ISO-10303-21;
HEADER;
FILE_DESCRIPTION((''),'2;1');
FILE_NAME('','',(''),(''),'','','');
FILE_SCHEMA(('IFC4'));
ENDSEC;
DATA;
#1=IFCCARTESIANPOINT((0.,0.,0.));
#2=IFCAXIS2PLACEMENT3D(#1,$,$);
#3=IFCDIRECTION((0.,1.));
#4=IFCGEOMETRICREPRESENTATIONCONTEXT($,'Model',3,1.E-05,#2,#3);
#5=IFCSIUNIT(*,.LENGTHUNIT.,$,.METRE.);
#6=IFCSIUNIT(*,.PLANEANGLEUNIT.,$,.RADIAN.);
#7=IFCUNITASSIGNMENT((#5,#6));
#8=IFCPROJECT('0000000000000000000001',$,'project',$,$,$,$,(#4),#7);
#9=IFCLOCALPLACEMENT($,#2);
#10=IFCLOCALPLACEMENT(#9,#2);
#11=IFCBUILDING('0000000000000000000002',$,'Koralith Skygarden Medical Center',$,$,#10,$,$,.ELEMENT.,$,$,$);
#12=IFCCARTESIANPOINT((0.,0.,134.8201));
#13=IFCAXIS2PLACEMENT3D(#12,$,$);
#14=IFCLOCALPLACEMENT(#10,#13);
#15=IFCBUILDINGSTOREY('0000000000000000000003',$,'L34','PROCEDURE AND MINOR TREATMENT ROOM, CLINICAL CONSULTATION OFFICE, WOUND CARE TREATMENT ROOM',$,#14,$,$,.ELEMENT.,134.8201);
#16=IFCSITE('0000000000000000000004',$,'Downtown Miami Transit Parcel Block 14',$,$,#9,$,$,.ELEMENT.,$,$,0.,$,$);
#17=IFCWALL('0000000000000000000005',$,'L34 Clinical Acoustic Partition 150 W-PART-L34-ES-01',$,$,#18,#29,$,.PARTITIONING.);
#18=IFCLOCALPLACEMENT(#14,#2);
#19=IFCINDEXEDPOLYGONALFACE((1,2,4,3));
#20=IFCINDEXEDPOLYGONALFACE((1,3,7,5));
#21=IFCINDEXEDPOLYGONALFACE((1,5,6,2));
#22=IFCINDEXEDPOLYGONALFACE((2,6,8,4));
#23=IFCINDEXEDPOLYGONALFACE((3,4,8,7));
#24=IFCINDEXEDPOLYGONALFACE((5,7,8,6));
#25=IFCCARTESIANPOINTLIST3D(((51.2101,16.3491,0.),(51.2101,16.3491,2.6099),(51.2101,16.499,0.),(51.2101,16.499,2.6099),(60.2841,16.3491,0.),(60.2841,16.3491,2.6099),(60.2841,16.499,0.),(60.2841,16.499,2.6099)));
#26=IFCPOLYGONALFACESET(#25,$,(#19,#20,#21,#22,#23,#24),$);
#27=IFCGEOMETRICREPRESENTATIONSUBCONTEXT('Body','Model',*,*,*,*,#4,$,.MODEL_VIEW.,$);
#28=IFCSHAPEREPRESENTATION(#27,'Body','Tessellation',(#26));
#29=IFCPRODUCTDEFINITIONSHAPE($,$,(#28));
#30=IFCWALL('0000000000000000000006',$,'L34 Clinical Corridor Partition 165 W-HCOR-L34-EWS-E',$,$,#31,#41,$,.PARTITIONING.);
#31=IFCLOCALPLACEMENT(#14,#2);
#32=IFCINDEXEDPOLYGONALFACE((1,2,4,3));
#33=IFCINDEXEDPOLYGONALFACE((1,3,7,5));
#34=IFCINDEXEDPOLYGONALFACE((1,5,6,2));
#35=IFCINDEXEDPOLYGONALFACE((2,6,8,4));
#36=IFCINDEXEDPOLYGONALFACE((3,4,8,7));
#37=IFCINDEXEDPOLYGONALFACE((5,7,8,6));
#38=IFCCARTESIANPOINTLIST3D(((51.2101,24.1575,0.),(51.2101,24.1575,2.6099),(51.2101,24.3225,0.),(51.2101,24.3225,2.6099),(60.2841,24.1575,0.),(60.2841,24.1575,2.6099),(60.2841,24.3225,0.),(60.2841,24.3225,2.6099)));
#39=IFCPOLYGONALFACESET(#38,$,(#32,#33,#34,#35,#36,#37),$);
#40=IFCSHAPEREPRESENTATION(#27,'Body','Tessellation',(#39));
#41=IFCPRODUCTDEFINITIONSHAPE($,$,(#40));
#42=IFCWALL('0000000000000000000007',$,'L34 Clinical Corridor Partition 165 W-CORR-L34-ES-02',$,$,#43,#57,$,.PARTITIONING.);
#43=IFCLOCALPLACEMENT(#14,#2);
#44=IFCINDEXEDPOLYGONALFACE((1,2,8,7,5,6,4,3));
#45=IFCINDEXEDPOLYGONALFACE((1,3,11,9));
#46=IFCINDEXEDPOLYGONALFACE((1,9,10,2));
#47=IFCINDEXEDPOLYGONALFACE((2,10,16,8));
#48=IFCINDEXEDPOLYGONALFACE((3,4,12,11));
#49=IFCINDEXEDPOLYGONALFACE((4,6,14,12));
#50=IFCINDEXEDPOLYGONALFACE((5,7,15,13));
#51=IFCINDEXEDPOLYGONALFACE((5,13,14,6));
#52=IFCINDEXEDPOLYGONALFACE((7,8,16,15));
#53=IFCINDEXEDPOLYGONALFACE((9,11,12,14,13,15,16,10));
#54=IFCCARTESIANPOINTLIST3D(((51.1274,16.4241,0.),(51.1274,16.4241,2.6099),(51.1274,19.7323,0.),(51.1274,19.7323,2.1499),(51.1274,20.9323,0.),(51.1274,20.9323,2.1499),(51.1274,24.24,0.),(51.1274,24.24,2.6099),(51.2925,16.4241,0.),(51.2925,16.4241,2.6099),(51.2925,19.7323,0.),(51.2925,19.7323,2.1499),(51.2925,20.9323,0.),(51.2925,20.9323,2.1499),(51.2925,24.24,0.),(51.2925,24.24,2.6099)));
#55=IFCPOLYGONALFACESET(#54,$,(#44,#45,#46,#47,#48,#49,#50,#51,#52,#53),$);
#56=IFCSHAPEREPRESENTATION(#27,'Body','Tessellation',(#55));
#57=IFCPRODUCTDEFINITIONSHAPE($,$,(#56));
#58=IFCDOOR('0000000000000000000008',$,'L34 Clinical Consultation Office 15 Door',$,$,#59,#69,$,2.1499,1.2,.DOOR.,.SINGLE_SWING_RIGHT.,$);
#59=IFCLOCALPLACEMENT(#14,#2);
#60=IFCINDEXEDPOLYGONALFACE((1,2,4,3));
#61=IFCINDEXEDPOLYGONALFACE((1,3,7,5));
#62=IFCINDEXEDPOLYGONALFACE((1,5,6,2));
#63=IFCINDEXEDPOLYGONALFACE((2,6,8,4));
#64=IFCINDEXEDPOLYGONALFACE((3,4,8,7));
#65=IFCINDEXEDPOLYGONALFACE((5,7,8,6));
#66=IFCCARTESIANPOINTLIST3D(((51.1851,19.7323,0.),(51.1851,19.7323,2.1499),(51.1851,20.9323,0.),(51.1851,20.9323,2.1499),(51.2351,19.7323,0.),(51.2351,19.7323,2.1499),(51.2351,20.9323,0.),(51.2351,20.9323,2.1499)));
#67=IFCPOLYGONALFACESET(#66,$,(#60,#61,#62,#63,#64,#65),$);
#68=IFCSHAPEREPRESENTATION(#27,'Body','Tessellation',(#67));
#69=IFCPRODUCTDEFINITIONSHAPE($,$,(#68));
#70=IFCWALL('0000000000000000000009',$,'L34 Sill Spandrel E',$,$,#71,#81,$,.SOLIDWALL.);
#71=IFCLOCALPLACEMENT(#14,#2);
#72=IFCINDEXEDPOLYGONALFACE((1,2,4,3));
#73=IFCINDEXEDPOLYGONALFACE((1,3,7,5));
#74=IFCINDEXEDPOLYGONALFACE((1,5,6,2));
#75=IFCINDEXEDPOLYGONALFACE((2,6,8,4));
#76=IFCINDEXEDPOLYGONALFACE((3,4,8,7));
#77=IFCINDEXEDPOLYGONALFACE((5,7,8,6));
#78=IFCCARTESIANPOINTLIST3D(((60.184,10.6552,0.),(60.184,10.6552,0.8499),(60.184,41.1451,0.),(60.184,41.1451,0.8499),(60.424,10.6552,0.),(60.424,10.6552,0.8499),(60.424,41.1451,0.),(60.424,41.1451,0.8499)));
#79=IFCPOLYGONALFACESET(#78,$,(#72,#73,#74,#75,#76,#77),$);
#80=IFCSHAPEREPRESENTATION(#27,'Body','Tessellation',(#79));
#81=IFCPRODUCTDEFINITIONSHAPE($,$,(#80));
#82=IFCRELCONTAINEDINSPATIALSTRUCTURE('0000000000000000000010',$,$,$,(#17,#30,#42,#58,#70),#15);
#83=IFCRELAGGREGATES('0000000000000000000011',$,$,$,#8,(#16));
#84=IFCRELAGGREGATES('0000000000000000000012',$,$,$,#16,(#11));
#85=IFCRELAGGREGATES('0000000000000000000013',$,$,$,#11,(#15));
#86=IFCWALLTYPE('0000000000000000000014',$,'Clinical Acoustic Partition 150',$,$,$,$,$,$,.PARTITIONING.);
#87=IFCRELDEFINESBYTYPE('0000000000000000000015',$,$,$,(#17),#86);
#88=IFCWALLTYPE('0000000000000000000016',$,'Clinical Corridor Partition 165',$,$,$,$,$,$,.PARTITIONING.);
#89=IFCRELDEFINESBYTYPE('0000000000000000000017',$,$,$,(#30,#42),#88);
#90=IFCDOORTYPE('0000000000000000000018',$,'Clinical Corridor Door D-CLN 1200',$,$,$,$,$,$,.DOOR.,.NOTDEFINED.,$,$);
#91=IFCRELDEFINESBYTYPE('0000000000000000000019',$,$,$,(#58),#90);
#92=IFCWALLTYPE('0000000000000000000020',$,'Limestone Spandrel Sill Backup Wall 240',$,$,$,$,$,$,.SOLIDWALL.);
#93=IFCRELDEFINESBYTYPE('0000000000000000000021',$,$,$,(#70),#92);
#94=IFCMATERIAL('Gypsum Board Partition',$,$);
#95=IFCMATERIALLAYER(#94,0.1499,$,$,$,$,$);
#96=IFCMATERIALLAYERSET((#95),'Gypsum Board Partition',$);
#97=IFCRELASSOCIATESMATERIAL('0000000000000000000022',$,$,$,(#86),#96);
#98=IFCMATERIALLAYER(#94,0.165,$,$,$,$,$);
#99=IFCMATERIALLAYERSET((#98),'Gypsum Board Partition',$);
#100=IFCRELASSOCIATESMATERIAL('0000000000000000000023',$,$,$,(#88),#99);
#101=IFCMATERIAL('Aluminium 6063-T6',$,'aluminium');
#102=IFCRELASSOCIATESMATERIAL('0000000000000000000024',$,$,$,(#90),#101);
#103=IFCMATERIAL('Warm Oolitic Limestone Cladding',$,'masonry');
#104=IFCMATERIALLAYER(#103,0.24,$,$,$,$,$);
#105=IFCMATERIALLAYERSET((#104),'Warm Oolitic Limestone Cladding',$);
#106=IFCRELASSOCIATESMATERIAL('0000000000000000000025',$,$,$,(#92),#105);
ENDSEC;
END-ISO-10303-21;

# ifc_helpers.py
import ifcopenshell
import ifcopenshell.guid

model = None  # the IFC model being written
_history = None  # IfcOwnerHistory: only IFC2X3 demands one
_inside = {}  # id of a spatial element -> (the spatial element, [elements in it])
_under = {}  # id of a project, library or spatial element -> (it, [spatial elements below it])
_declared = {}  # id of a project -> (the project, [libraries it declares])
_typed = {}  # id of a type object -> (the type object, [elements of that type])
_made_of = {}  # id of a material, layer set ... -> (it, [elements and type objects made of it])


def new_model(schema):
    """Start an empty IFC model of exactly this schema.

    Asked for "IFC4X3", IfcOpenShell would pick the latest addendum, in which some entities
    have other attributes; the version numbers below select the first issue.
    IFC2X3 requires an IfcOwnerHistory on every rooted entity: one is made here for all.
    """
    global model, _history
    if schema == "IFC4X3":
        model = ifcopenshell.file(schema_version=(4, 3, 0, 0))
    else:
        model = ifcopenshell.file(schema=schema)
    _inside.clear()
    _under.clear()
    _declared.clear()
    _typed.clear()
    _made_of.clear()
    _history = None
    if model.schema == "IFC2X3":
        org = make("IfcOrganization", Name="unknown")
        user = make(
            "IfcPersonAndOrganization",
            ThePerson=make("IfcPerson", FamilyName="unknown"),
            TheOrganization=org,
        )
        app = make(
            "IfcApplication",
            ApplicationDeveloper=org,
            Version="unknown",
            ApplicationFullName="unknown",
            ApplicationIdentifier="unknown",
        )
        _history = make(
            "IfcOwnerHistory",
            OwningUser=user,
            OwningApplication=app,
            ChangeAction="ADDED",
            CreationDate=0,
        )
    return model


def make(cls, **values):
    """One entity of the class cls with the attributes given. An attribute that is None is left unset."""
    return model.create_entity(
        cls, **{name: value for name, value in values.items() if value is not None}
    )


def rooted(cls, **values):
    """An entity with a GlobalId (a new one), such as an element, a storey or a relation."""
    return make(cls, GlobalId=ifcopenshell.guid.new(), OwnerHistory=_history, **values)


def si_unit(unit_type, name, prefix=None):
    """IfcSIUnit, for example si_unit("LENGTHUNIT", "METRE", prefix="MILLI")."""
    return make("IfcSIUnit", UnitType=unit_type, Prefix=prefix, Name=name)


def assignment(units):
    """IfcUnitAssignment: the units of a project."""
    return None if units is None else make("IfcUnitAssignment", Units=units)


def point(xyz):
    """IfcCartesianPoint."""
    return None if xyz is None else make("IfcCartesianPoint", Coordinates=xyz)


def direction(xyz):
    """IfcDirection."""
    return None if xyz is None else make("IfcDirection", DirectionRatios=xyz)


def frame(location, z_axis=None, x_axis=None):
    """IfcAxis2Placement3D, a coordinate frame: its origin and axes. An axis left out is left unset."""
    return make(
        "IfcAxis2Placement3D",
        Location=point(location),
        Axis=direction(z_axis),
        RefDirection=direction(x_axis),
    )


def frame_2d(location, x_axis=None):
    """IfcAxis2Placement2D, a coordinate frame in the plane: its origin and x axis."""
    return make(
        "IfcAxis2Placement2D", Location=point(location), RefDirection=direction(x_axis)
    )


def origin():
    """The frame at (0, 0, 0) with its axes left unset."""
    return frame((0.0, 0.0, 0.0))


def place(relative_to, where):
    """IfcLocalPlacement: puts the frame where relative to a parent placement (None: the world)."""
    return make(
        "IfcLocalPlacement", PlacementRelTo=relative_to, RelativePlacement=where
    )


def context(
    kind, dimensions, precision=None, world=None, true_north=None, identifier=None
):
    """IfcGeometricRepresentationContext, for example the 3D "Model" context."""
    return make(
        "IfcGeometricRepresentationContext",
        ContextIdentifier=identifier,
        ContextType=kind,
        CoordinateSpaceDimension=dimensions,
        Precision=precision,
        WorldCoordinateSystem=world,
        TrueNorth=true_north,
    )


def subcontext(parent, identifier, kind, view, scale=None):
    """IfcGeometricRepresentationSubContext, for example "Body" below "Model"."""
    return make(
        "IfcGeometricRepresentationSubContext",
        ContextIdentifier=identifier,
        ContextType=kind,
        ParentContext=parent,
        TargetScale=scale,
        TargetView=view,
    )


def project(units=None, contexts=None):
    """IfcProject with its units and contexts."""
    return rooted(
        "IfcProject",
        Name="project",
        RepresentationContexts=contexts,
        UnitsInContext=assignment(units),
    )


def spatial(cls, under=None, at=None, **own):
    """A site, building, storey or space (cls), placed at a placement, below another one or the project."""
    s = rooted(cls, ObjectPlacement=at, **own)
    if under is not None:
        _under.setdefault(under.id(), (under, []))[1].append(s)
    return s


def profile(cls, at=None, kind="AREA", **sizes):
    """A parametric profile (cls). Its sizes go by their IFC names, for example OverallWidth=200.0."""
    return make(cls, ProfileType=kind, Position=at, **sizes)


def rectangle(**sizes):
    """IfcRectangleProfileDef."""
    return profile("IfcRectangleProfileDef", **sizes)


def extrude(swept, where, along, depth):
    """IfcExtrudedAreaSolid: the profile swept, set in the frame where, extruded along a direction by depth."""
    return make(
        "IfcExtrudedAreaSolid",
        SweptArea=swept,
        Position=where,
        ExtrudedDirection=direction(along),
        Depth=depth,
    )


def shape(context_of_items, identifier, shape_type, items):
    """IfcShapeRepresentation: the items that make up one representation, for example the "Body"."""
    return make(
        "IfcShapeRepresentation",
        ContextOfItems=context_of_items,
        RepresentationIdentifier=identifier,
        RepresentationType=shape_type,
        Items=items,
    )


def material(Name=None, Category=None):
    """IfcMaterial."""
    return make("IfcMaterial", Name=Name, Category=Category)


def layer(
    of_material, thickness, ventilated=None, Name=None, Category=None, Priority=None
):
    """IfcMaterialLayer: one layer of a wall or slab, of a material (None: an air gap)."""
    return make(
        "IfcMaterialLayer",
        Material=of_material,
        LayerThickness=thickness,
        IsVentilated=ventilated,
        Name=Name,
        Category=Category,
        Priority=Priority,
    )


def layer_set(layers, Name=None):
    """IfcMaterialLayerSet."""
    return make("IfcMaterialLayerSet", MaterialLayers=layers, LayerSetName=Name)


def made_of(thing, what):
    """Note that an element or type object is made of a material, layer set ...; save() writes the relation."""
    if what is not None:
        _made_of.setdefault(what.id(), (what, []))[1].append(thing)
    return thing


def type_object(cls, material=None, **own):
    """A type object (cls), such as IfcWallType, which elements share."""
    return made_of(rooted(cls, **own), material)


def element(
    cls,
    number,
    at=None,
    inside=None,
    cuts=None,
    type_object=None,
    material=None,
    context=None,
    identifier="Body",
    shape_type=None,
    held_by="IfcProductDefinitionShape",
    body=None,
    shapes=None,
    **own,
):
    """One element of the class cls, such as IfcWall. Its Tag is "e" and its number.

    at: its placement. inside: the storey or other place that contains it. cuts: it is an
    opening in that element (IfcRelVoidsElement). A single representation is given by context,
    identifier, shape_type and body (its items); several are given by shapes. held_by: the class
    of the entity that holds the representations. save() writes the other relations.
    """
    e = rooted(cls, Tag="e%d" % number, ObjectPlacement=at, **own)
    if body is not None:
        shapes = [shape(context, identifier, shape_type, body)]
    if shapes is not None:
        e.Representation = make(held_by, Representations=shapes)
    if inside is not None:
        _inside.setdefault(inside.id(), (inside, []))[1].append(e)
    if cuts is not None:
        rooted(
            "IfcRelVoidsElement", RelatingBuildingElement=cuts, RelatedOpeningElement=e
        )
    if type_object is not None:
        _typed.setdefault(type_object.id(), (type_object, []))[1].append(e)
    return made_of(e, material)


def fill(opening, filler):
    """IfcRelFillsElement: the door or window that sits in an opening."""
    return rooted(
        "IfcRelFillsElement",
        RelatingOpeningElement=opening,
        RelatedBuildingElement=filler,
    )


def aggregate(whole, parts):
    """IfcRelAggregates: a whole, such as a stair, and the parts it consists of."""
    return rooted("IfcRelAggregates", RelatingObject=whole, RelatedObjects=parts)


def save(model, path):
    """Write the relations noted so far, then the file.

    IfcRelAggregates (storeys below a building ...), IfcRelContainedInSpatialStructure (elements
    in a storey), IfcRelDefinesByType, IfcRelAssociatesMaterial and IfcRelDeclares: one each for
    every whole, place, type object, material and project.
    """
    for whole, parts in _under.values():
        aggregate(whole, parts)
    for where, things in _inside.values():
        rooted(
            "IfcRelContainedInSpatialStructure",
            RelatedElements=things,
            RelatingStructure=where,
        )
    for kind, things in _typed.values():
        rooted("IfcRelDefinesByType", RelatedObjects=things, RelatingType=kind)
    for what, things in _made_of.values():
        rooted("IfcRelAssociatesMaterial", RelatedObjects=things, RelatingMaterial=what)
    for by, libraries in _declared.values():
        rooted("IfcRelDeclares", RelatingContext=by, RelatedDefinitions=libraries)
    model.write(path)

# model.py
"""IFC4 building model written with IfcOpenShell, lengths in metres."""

from ifc_helpers import new_model, si_unit, direction, frame, frame_2d, origin, place, context, subcontext, project, spatial, rectangle, extrude, material, layer, layer_set, type_object, element, fill, save


model = new_model("IFC4")

# Units and contexts
model_context = context("Model", 3, precision=1e-05, world=origin(), true_north=direction((0.0, 1.0)))
body_context = subcontext(model_context, "Body", "Model", "MODEL_VIEW")
ifc_project = project(units=[si_unit("LENGTHUNIT", "METRE"), si_unit("PLANEANGLEUNIT", "RADIAN")], contexts=[model_context])

# Site, building, storey
site_placement = place(None, origin())
site = spatial("IfcSite", under=ifc_project, at=site_placement, Name="Downtown Miami Transit Parcel Block 14", CompositionType="ELEMENT", RefElevation=0.0)
building_placement = place(site_placement, origin())
building = spatial("IfcBuilding", under=site, at=building_placement, Name="Koralith Skygarden Medical Center", CompositionType="ELEMENT")
storey_placement = place(building_placement, frame((0.0, 0.0, 134.8201)))
storey = spatial("IfcBuildingStorey", under=building, at=storey_placement, Name="L34", Description="PROCEDURE AND MINOR TREATMENT ROOM, CLINICAL CONSULTATION OFFICE, WOUND CARE TREATMENT ROOM", CompositionType="ELEMENT", Elevation=134.8201)

# Shared definitions
ifc_material_1 = material(Name="Aluminium 6063-T6", Category="aluminium")

# Shared definitions
ifc_material_2 = material(Name="Warm Oolitic Limestone Cladding", Category="masonry")

# Walls
ifc_material_3 = material(Name="Gypsum Board Partition")
ifc_layer_1 = layer(ifc_material_3, 0.1499)
ifc_layer_set_1 = layer_set([ifc_layer_1], Name="Gypsum Board Partition")
wall_type_1 = type_object("IfcWallType", Name="Clinical Acoustic Partition 150", PredefinedType="PARTITIONING", material=ifc_layer_set_1)
wall_1_placement = place(storey_placement, frame((51.21, 16.4241, 0.0), z_axis=(0.0, 0.0, 1.0), x_axis=(1.0, 0.0, 0.0)))
element("IfcWall", 1, at=wall_1_placement, inside=storey, type_object=wall_type_1, Name="L34 Clinical Acoustic Partition 150 W-PART-L34-ES-01", PredefinedType="PARTITIONING", context=body_context, shape_type="SweptSolid", body=[
    extrude(rectangle(XDim=9.074, YDim=0.1499, at=frame_2d((4.5371, 0.0))), origin(), (0.0, 0.0, 1.0), 2.6099),
])
ifc_layer_2 = layer(ifc_material_3, 0.165)
ifc_layer_set_2 = layer_set([ifc_layer_2], Name="Gypsum Board Partition")
wall_type_2 = type_object("IfcWallType", Name="Clinical Corridor Partition 165", PredefinedType="PARTITIONING", material=ifc_layer_set_2)
wall_2_placement = place(storey_placement, frame((51.21, 24.24, 0.0), z_axis=(0.0, 0.0, 1.0), x_axis=(1.0, 0.0, 0.0)))
element("IfcWall", 2, at=wall_2_placement, inside=storey, type_object=wall_type_2, Name="L34 Clinical Corridor Partition 165 W-HCOR-L34-EWS-E", PredefinedType="PARTITIONING", context=body_context, shape_type="SweptSolid", body=[
    extrude(rectangle(XDim=9.074, YDim=0.165, at=frame_2d((4.5371, 0.0))), origin(), (0.0, 0.0, 1.0), 2.6099),
])

# Wall, opening, door
wall_3_placement = place(storey_placement, frame((51.21, 16.4241, 0.0), z_axis=(0.0, 0.0, 1.0), x_axis=(0.0, 1.0, 0.0)))
wall_3 = element("IfcWall", 3, at=wall_3_placement, inside=storey, type_object=wall_type_2, Name="L34 Clinical Corridor Partition 165 W-CORR-L34-ES-02", PredefinedType="PARTITIONING", context=body_context, shape_type="SweptSolid", body=[
    extrude(rectangle(XDim=7.8159, YDim=0.165, at=frame_2d((3.908, 0.0))), origin(), (0.0, 0.0, 1.0), 2.6099),
])
opening_1_placement = place(wall_3_placement, frame((3.3081, 0.0, 0.0)))
opening_1 = element("IfcOpeningElement", 4, at=opening_1_placement, cuts=wall_3, PredefinedType="OPENING", context=body_context, shape_type="SweptSolid", body=[
    extrude(rectangle(XDim=1.2, YDim=2.1499, at=frame_2d((0.6001, 1.075))), frame((0.0, 0.0925, 0.0), z_axis=(0.0, -1.0, 0.0), x_axis=(1.0, 0.0, 0.0)), (0.0, 0.0, 1.0), 0.1851),
])
door_type_1 = type_object("IfcDoorType", Name="Clinical Corridor Door D-CLN 1200", OperationType="NOTDEFINED", PredefinedType="DOOR", material=ifc_material_1)
door_1_placement = place(opening_1_placement, origin())
door_1 = element("IfcDoor", 5, at=door_1_placement, inside=storey, type_object=door_type_1, Name="L34 Clinical Consultation Office 15 Door", OperationType="SINGLE_SWING_RIGHT", OverallHeight=2.1499, OverallWidth=1.2, PredefinedType="DOOR", context=body_context, shape_type="SweptSolid", body=[
    extrude(rectangle(XDim=1.2, YDim=2.1499, at=frame_2d((0.6001, 1.075))), frame((0.0, 0.0249, 0.0), z_axis=(0.0, -1.0, 0.0), x_axis=(1.0, 0.0, 0.0)), (0.0, 0.0, 1.0), 0.05),
])
fill(opening_1, door_1)

# Wall
ifc_layer_3 = layer(ifc_material_2, 0.24)
ifc_layer_set_3 = layer_set([ifc_layer_3], Name="Warm Oolitic Limestone Cladding")
wall_type_3 = type_object("IfcWallType", Name="Limestone Spandrel Sill Backup Wall 240", PredefinedType="SOLIDWALL", material=ifc_layer_set_3)
wall_4_placement = place(storey_placement, frame((60.304, 10.655, 0.0), z_axis=(0.0, 0.0, 1.0), x_axis=(0.0, 1.0, 0.0)))
element("IfcWall", 6, at=wall_4_placement, inside=storey, type_object=wall_type_3, Name="L34 Sill Spandrel E", PredefinedType="SOLIDWALL", context=body_context, shape_type="SweptSolid", body=[
    extrude(rectangle(XDim=30.49, YDim=0.24, at=frame_2d((15.2451, 0.0))), origin(), (0.0, 0.0, 1.0), 0.8499),
])

save(model, "model.ifc")
